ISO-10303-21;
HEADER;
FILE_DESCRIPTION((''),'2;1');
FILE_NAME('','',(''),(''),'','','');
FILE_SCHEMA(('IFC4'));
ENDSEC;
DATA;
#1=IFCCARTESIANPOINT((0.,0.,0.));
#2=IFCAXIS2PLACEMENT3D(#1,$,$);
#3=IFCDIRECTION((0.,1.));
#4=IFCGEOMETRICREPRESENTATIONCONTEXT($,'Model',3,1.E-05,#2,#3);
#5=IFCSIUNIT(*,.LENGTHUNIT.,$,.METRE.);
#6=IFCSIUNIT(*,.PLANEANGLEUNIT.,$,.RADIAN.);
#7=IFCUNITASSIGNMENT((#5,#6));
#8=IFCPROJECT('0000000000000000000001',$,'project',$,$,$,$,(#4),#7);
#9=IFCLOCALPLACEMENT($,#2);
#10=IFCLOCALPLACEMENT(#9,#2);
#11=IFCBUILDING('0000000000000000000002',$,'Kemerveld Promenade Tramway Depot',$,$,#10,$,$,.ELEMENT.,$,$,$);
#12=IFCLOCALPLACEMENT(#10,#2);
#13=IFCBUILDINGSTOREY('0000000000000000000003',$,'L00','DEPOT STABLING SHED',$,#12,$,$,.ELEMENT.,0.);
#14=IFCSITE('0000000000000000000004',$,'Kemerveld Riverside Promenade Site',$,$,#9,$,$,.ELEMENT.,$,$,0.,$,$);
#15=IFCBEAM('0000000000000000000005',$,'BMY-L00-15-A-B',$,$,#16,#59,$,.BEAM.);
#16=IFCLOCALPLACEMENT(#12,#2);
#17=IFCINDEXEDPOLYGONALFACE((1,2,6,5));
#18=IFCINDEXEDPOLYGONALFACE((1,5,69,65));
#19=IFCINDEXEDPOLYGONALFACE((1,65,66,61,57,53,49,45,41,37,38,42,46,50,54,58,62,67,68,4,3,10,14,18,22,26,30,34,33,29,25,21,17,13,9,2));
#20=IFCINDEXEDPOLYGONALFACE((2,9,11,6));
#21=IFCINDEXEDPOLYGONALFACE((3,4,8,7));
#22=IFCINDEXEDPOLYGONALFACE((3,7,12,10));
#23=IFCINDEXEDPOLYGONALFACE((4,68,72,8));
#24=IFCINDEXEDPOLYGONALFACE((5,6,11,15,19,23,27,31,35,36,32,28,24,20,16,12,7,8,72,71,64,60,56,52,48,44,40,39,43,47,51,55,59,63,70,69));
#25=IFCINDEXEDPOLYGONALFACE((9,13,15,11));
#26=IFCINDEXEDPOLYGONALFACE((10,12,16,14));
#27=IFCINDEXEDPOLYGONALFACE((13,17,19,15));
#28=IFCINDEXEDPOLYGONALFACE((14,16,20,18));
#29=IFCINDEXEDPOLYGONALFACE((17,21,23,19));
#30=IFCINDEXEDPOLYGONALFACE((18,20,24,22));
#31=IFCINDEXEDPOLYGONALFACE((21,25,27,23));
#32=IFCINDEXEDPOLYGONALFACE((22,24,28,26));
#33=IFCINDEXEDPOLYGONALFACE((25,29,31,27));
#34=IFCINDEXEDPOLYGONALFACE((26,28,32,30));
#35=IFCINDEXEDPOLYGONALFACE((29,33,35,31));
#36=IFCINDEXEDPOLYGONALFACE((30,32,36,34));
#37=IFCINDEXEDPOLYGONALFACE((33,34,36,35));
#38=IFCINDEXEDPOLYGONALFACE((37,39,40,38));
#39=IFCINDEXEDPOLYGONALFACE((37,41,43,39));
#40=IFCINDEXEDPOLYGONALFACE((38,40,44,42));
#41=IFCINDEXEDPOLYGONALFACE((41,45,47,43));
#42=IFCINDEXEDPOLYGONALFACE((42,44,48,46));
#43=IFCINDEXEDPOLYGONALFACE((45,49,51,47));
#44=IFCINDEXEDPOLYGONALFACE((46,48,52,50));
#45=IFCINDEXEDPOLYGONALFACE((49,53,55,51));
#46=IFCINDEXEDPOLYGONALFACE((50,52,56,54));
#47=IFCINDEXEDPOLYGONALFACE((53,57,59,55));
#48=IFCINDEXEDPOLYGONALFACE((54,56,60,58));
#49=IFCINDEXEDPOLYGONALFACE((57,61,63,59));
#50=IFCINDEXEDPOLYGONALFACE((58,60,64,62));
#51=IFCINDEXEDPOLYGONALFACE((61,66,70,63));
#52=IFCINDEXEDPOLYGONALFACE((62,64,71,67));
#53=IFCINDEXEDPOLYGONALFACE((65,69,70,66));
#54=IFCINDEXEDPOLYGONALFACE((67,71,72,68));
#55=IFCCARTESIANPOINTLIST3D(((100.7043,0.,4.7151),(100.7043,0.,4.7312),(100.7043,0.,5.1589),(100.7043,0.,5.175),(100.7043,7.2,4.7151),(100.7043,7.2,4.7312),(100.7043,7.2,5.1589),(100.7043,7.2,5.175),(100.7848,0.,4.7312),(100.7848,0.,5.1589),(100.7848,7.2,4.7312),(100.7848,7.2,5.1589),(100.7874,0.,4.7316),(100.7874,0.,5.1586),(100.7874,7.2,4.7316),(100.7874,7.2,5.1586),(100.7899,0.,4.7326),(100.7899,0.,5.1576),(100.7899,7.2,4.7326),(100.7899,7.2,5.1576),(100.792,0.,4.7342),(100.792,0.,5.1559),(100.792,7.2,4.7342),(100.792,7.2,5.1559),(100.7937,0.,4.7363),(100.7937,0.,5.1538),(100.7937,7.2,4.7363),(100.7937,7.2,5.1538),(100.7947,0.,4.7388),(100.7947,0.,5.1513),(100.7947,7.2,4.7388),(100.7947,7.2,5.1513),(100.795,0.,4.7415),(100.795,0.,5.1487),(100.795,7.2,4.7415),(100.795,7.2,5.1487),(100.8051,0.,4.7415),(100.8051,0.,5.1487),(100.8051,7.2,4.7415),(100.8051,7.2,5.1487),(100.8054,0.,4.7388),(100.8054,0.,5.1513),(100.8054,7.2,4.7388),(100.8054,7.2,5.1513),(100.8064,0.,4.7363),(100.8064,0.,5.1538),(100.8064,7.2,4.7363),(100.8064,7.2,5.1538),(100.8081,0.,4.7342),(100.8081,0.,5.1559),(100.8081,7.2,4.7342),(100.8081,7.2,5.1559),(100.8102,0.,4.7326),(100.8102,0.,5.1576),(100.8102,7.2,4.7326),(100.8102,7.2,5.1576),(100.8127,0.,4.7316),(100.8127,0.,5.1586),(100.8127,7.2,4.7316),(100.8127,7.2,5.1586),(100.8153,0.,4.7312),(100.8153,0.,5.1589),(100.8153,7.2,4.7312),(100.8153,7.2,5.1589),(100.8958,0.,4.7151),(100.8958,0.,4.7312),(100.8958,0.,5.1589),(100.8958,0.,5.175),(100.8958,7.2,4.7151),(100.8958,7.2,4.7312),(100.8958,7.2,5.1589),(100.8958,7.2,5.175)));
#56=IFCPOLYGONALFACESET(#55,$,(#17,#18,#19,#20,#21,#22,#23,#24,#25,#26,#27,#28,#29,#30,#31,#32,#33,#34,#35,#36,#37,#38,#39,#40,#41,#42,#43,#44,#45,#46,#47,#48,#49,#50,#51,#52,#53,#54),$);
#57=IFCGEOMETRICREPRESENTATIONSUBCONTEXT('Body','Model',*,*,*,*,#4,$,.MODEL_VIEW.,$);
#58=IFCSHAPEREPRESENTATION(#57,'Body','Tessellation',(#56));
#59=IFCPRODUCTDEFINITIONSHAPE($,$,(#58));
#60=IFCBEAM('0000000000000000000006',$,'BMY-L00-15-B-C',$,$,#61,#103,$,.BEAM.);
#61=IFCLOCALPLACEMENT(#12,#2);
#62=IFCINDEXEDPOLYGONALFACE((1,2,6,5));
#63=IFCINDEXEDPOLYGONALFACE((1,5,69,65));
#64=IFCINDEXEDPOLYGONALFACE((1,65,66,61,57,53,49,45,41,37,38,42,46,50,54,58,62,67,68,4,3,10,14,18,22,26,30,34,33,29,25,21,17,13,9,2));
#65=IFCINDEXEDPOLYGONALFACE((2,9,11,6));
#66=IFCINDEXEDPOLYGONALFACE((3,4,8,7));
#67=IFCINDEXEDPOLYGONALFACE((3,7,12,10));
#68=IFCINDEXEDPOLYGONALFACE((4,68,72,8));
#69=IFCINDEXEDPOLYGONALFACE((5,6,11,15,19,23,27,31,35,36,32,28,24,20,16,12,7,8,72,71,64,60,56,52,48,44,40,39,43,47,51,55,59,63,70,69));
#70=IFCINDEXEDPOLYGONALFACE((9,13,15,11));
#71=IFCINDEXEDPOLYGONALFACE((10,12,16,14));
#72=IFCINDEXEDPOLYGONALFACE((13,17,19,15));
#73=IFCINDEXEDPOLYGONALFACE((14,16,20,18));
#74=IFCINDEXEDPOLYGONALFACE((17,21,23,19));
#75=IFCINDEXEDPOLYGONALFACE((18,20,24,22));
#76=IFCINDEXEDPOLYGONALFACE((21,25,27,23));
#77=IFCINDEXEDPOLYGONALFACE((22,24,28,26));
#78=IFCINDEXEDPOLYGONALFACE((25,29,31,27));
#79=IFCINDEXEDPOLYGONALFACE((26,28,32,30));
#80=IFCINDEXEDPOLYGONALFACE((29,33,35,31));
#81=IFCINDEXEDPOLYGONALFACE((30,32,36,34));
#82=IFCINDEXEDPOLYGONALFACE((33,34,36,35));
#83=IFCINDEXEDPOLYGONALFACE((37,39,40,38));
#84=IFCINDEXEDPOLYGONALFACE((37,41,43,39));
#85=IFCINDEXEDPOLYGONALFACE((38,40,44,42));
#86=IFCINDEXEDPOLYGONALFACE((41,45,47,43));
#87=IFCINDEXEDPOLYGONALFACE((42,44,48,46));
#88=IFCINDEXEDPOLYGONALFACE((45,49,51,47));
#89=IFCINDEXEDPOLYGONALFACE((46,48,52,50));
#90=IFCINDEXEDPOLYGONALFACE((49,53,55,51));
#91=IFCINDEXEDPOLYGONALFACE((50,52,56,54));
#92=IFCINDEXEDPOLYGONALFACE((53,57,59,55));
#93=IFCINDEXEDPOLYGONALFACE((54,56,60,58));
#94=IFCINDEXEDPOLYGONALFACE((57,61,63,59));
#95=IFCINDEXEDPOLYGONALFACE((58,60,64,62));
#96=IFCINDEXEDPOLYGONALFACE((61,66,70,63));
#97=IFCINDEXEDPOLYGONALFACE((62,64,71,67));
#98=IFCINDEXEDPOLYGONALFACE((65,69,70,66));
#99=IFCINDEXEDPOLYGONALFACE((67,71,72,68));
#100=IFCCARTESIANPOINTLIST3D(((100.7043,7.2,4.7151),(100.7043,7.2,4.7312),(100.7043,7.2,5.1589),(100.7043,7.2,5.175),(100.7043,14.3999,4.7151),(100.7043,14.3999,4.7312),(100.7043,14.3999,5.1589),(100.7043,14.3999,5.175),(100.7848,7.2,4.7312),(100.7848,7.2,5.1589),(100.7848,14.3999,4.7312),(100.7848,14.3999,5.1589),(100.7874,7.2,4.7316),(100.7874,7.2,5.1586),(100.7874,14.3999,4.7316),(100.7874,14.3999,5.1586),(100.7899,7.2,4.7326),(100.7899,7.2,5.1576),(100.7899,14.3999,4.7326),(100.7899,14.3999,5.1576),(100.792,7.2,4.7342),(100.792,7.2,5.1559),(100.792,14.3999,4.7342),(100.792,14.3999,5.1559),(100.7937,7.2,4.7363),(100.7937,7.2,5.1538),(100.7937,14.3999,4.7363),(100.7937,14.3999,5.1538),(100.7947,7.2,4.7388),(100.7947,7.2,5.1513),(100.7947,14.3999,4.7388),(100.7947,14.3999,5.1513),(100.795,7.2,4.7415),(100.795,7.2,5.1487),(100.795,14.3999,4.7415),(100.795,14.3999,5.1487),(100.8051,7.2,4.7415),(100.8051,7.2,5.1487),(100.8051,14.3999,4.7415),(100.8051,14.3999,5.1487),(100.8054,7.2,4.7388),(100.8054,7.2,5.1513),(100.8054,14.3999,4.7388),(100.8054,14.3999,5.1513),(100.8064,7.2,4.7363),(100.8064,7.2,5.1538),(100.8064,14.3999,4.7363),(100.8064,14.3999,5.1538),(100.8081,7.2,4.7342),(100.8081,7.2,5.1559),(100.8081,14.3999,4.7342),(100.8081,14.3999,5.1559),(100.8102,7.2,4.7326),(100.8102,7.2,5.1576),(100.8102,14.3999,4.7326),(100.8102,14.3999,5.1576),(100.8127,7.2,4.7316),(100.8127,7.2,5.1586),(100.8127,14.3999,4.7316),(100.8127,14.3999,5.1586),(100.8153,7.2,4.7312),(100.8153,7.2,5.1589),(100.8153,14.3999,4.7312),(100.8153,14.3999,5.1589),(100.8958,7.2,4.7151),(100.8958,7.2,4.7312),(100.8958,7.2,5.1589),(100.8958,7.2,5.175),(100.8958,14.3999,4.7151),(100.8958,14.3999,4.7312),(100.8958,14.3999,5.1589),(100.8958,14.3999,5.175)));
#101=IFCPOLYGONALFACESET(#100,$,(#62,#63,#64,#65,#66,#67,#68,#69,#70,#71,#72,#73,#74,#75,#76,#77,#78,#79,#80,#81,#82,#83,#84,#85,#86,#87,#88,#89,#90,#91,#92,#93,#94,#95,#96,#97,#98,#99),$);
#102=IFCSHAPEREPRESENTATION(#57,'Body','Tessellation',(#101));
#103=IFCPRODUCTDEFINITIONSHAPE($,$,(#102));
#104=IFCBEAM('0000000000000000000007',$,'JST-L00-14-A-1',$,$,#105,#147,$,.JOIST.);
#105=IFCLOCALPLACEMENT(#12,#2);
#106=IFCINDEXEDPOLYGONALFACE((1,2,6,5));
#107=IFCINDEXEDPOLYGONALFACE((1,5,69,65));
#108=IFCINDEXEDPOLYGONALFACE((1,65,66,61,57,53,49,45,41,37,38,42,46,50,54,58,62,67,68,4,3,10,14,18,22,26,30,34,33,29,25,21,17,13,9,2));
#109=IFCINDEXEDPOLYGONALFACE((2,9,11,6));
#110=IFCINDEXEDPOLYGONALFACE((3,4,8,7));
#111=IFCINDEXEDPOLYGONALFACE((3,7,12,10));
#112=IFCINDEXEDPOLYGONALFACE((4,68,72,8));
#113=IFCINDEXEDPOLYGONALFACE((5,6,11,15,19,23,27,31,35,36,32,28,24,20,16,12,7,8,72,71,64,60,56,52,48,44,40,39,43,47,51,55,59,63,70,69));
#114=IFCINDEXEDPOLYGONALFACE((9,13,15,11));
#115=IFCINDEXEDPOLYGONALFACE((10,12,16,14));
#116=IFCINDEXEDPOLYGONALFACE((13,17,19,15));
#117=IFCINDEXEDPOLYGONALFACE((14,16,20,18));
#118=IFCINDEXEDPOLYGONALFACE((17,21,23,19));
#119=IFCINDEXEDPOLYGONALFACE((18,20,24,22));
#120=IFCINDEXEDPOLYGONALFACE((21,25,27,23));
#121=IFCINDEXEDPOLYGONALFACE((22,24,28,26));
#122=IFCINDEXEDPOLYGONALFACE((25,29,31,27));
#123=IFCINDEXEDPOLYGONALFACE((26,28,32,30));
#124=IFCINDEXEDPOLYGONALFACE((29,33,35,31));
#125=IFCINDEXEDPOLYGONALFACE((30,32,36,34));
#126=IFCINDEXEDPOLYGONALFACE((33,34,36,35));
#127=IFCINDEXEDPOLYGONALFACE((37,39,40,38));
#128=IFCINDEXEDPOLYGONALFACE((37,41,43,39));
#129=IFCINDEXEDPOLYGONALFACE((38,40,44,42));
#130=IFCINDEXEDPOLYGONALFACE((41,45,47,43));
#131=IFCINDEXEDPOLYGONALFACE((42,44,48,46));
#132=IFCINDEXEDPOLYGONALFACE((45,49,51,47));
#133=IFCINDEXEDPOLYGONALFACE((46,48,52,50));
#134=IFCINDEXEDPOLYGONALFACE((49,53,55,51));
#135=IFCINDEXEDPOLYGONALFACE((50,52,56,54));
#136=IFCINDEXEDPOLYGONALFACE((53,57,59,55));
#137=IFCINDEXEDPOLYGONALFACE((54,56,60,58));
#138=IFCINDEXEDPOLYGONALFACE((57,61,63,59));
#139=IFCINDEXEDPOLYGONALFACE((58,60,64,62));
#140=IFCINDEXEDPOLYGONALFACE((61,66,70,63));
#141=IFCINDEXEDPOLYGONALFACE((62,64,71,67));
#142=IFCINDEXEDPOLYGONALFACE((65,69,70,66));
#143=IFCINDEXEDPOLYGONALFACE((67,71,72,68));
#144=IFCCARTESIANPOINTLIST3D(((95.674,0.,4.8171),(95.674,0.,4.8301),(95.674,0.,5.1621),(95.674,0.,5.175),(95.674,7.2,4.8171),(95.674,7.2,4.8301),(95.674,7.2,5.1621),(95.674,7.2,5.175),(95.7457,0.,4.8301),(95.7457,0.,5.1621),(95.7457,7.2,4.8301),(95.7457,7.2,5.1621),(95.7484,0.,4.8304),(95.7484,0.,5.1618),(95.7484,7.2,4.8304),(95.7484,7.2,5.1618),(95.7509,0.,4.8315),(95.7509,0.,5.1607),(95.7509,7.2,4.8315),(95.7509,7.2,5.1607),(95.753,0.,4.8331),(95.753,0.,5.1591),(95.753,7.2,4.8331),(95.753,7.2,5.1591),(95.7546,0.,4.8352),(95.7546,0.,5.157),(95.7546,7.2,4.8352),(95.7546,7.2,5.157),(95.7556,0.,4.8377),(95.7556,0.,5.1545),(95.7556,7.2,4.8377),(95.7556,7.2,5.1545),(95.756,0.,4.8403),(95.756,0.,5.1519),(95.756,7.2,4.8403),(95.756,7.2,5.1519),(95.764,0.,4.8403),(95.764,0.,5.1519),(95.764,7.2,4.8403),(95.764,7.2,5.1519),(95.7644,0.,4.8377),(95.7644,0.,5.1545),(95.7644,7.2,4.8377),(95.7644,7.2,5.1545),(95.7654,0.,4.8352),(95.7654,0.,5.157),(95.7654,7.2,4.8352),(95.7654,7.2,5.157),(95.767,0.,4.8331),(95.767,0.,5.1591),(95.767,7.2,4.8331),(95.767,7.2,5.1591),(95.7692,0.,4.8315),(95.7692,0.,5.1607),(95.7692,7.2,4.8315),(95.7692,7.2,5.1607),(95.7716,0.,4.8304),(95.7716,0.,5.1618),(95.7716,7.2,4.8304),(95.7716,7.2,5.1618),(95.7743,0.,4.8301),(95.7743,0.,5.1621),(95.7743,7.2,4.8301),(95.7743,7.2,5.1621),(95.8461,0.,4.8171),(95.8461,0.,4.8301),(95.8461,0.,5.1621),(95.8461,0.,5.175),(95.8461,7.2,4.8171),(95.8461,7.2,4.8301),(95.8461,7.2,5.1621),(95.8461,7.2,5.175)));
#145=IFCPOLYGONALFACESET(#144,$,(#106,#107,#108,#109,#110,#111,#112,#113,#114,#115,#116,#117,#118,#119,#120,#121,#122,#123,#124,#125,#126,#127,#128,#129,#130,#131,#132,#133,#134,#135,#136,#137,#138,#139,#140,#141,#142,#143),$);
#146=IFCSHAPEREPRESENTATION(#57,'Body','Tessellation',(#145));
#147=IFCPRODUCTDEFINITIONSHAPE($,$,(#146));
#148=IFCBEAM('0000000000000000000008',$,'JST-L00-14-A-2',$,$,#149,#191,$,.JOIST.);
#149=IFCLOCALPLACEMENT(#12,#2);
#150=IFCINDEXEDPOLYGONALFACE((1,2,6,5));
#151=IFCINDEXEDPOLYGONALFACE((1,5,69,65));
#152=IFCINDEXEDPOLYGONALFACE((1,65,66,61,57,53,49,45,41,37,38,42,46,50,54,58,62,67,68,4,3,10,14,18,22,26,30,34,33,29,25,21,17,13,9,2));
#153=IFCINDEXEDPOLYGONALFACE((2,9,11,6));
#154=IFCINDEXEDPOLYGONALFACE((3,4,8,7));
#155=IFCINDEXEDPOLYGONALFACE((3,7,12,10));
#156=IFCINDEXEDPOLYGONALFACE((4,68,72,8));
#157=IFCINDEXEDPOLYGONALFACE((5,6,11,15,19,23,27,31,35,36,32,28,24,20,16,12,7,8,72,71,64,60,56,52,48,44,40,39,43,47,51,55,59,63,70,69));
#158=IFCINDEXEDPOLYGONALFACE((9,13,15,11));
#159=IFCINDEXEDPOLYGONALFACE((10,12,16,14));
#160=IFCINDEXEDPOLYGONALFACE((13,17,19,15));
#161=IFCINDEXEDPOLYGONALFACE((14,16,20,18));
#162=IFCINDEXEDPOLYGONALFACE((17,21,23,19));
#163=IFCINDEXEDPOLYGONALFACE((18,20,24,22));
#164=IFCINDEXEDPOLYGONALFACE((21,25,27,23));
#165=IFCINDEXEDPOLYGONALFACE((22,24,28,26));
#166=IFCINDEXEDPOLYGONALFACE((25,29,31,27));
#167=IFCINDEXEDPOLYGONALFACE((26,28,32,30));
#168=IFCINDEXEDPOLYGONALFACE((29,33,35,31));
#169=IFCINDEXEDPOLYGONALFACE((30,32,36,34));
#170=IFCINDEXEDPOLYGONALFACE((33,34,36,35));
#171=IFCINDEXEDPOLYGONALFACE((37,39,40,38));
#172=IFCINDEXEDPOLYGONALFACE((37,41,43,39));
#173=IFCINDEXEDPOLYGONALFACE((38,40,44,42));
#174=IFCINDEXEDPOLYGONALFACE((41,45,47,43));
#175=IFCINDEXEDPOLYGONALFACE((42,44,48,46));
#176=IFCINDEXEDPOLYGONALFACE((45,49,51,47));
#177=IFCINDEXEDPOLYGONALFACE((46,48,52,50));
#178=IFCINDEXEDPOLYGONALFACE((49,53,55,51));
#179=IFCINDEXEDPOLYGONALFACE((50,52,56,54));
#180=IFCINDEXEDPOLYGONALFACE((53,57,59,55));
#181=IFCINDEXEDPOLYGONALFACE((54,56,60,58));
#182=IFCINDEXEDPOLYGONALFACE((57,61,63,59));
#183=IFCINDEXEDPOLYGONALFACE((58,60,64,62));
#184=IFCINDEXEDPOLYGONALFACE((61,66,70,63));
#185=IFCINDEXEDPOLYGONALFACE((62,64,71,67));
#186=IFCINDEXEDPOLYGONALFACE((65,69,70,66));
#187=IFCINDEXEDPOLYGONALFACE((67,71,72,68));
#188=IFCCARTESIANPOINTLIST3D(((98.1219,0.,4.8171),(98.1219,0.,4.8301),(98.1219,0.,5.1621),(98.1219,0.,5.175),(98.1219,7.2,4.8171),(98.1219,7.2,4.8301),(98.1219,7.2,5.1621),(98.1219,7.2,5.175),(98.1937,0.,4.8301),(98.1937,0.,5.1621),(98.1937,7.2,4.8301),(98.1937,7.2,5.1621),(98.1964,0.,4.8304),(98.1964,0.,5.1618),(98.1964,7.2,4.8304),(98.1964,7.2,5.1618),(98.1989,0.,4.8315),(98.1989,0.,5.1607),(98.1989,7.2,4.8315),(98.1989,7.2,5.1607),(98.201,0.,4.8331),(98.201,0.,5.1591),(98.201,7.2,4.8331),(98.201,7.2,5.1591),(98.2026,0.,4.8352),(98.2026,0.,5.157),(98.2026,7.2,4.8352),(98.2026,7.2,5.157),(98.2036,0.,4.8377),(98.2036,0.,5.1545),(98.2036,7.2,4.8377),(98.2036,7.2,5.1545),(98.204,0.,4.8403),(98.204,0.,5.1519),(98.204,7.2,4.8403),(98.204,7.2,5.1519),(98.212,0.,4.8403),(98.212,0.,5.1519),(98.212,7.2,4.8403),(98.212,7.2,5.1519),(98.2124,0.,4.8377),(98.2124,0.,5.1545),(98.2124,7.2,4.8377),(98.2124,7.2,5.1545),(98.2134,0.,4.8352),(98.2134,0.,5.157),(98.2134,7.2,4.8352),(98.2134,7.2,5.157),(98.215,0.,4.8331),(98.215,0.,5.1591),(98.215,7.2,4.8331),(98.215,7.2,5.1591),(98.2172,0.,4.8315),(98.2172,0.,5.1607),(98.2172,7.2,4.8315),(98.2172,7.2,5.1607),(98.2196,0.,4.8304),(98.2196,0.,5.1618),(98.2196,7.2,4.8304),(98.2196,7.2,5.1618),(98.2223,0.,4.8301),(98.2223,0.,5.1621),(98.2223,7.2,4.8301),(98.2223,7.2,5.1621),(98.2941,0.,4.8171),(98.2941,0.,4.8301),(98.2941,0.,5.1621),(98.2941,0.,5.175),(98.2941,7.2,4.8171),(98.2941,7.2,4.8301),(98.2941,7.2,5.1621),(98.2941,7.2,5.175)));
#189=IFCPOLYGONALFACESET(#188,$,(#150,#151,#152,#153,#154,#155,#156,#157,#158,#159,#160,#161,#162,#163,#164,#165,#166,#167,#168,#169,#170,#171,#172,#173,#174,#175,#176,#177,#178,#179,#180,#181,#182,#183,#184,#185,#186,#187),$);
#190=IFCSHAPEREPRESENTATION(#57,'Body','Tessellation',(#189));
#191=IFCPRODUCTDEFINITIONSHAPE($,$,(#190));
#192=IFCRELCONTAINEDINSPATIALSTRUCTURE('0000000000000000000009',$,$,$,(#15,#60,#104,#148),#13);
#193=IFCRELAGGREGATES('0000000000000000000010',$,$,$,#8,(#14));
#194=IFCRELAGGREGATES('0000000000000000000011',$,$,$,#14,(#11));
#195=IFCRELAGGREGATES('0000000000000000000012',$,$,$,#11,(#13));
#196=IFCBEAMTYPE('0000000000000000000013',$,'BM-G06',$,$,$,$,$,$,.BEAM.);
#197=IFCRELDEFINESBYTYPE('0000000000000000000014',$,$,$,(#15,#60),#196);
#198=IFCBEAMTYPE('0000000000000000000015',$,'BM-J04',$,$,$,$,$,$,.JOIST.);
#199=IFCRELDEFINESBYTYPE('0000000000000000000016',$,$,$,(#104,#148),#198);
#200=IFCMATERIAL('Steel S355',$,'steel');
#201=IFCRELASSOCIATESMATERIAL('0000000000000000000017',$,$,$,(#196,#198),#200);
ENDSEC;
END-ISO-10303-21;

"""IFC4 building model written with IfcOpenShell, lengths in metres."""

from ifc_helpers import new_model, si_unit, direction, frame, origin, origin_2d, place, context, subcontext, project, spatial, i_section, extrude, material, material_profile, profile_set, type_object, element, save


model = new_model("IFC4")

# Units and contexts
model_context = context("Model", 3, precision=1e-05, world=origin(), true_north=direction((0.0, 1.0)))
body_context = subcontext(model_context, "Body", "Model", "MODEL_VIEW")
ifc_project = project(units=[si_unit("LENGTHUNIT", "METRE"), si_unit("PLANEANGLEUNIT", "RADIAN")], contexts=[model_context])

# Site, building, storey
site_placement = place(None, origin())
site = spatial("IfcSite", under=ifc_project, at=site_placement, Name="Kemerveld Riverside Promenade Site", CompositionType="ELEMENT", RefElevation=0.0)
building_placement = place(site_placement, origin())
building = spatial("IfcBuilding", under=site, at=building_placement, Name="Kemerveld Promenade Tramway Depot", CompositionType="ELEMENT")
storey_placement = place(building_placement, origin())
storey = spatial("IfcBuildingStorey", under=building, at=storey_placement, Name="L00", Description="DEPOT STABLING SHED", CompositionType="ELEMENT", Elevation=0.0)

# Shared definitions
ifc_material_1 = material(Name="Steel S355", Category="steel")

# Beams
ifc_material_profile_1 = material_profile(ifc_material_1, i_section(OverallWidth=0.1914, OverallDepth=0.46, WebThickness=0.01, FlangeThickness=0.0161, FilletRadius=0.0103, at=origin_2d()), Name="457x191x82 UB")
ifc_profile_set_1 = profile_set([ifc_material_profile_1], Name="Steel S355")
beam_type_1 = type_object("IfcBeamType", Name="BM-G06", PredefinedType="BEAM", material=ifc_profile_set_1)
for number, where, z_axis, x_axis, name in (
    (1, (100.8, 0.0, 4.9451), (0.0, 1.0, 0.0), (-1.0, 0.0, 0.0), "BMY-L00-15-A-B"),
    (2, (100.8, 7.2, 4.9451), (0.0, 1.0, 0.0), (-1.0, 0.0, 0.0), "BMY-L00-15-B-C"),
):
    element("IfcBeam", number, at=place(storey_placement, frame(where, z_axis=z_axis, x_axis=x_axis)), inside=storey, type_object=beam_type_1, Name=name, PredefinedType="BEAM", context=body_context, shape_type="SweptSolid", body=[
        extrude(i_section(OverallWidth=0.1914, OverallDepth=0.46, WebThickness=0.01, FlangeThickness=0.0161, FilletRadius=0.0103, at=origin_2d()), origin(), (0.0, 0.0, 1.0), 7.2),
    ])
ifc_material_profile_2 = material_profile(ifc_material_1, i_section(OverallWidth=0.1721, OverallDepth=0.3579, WebThickness=0.0081, FlangeThickness=0.0129, FilletRadius=0.0103, at=origin_2d()), Name="356x171x57 UB")
ifc_profile_set_2 = profile_set([ifc_material_profile_2], Name="Steel S355")
beam_type_2 = type_object("IfcBeamType", Name="BM-J04", PredefinedType="JOIST", material=ifc_profile_set_2)
for number, where, z_axis, x_axis, name in (
    (3, (95.76, 0.0, 4.9961), (0.0, 1.0, 0.0), (-1.0, 0.0, 0.0), "JST-L00-14-A-1"),
    (4, (98.208, 0.0, 4.9961), (0.0, 1.0, 0.0), (-1.0, 0.0, 0.0), "JST-L00-14-A-2"),
):
    element("IfcBeam", number, at=place(storey_placement, frame(where, z_axis=z_axis, x_axis=x_axis)), inside=storey, type_object=beam_type_2, Name=name, PredefinedType="JOIST", context=body_context, shape_type="SweptSolid", body=[
        extrude(i_section(OverallWidth=0.1721, OverallDepth=0.3579, WebThickness=0.0081, FlangeThickness=0.0129, FilletRadius=0.0103, at=origin_2d()), origin(), (0.0, 0.0, 1.0), 7.2),
    ])

save(model, "model.ifc")
